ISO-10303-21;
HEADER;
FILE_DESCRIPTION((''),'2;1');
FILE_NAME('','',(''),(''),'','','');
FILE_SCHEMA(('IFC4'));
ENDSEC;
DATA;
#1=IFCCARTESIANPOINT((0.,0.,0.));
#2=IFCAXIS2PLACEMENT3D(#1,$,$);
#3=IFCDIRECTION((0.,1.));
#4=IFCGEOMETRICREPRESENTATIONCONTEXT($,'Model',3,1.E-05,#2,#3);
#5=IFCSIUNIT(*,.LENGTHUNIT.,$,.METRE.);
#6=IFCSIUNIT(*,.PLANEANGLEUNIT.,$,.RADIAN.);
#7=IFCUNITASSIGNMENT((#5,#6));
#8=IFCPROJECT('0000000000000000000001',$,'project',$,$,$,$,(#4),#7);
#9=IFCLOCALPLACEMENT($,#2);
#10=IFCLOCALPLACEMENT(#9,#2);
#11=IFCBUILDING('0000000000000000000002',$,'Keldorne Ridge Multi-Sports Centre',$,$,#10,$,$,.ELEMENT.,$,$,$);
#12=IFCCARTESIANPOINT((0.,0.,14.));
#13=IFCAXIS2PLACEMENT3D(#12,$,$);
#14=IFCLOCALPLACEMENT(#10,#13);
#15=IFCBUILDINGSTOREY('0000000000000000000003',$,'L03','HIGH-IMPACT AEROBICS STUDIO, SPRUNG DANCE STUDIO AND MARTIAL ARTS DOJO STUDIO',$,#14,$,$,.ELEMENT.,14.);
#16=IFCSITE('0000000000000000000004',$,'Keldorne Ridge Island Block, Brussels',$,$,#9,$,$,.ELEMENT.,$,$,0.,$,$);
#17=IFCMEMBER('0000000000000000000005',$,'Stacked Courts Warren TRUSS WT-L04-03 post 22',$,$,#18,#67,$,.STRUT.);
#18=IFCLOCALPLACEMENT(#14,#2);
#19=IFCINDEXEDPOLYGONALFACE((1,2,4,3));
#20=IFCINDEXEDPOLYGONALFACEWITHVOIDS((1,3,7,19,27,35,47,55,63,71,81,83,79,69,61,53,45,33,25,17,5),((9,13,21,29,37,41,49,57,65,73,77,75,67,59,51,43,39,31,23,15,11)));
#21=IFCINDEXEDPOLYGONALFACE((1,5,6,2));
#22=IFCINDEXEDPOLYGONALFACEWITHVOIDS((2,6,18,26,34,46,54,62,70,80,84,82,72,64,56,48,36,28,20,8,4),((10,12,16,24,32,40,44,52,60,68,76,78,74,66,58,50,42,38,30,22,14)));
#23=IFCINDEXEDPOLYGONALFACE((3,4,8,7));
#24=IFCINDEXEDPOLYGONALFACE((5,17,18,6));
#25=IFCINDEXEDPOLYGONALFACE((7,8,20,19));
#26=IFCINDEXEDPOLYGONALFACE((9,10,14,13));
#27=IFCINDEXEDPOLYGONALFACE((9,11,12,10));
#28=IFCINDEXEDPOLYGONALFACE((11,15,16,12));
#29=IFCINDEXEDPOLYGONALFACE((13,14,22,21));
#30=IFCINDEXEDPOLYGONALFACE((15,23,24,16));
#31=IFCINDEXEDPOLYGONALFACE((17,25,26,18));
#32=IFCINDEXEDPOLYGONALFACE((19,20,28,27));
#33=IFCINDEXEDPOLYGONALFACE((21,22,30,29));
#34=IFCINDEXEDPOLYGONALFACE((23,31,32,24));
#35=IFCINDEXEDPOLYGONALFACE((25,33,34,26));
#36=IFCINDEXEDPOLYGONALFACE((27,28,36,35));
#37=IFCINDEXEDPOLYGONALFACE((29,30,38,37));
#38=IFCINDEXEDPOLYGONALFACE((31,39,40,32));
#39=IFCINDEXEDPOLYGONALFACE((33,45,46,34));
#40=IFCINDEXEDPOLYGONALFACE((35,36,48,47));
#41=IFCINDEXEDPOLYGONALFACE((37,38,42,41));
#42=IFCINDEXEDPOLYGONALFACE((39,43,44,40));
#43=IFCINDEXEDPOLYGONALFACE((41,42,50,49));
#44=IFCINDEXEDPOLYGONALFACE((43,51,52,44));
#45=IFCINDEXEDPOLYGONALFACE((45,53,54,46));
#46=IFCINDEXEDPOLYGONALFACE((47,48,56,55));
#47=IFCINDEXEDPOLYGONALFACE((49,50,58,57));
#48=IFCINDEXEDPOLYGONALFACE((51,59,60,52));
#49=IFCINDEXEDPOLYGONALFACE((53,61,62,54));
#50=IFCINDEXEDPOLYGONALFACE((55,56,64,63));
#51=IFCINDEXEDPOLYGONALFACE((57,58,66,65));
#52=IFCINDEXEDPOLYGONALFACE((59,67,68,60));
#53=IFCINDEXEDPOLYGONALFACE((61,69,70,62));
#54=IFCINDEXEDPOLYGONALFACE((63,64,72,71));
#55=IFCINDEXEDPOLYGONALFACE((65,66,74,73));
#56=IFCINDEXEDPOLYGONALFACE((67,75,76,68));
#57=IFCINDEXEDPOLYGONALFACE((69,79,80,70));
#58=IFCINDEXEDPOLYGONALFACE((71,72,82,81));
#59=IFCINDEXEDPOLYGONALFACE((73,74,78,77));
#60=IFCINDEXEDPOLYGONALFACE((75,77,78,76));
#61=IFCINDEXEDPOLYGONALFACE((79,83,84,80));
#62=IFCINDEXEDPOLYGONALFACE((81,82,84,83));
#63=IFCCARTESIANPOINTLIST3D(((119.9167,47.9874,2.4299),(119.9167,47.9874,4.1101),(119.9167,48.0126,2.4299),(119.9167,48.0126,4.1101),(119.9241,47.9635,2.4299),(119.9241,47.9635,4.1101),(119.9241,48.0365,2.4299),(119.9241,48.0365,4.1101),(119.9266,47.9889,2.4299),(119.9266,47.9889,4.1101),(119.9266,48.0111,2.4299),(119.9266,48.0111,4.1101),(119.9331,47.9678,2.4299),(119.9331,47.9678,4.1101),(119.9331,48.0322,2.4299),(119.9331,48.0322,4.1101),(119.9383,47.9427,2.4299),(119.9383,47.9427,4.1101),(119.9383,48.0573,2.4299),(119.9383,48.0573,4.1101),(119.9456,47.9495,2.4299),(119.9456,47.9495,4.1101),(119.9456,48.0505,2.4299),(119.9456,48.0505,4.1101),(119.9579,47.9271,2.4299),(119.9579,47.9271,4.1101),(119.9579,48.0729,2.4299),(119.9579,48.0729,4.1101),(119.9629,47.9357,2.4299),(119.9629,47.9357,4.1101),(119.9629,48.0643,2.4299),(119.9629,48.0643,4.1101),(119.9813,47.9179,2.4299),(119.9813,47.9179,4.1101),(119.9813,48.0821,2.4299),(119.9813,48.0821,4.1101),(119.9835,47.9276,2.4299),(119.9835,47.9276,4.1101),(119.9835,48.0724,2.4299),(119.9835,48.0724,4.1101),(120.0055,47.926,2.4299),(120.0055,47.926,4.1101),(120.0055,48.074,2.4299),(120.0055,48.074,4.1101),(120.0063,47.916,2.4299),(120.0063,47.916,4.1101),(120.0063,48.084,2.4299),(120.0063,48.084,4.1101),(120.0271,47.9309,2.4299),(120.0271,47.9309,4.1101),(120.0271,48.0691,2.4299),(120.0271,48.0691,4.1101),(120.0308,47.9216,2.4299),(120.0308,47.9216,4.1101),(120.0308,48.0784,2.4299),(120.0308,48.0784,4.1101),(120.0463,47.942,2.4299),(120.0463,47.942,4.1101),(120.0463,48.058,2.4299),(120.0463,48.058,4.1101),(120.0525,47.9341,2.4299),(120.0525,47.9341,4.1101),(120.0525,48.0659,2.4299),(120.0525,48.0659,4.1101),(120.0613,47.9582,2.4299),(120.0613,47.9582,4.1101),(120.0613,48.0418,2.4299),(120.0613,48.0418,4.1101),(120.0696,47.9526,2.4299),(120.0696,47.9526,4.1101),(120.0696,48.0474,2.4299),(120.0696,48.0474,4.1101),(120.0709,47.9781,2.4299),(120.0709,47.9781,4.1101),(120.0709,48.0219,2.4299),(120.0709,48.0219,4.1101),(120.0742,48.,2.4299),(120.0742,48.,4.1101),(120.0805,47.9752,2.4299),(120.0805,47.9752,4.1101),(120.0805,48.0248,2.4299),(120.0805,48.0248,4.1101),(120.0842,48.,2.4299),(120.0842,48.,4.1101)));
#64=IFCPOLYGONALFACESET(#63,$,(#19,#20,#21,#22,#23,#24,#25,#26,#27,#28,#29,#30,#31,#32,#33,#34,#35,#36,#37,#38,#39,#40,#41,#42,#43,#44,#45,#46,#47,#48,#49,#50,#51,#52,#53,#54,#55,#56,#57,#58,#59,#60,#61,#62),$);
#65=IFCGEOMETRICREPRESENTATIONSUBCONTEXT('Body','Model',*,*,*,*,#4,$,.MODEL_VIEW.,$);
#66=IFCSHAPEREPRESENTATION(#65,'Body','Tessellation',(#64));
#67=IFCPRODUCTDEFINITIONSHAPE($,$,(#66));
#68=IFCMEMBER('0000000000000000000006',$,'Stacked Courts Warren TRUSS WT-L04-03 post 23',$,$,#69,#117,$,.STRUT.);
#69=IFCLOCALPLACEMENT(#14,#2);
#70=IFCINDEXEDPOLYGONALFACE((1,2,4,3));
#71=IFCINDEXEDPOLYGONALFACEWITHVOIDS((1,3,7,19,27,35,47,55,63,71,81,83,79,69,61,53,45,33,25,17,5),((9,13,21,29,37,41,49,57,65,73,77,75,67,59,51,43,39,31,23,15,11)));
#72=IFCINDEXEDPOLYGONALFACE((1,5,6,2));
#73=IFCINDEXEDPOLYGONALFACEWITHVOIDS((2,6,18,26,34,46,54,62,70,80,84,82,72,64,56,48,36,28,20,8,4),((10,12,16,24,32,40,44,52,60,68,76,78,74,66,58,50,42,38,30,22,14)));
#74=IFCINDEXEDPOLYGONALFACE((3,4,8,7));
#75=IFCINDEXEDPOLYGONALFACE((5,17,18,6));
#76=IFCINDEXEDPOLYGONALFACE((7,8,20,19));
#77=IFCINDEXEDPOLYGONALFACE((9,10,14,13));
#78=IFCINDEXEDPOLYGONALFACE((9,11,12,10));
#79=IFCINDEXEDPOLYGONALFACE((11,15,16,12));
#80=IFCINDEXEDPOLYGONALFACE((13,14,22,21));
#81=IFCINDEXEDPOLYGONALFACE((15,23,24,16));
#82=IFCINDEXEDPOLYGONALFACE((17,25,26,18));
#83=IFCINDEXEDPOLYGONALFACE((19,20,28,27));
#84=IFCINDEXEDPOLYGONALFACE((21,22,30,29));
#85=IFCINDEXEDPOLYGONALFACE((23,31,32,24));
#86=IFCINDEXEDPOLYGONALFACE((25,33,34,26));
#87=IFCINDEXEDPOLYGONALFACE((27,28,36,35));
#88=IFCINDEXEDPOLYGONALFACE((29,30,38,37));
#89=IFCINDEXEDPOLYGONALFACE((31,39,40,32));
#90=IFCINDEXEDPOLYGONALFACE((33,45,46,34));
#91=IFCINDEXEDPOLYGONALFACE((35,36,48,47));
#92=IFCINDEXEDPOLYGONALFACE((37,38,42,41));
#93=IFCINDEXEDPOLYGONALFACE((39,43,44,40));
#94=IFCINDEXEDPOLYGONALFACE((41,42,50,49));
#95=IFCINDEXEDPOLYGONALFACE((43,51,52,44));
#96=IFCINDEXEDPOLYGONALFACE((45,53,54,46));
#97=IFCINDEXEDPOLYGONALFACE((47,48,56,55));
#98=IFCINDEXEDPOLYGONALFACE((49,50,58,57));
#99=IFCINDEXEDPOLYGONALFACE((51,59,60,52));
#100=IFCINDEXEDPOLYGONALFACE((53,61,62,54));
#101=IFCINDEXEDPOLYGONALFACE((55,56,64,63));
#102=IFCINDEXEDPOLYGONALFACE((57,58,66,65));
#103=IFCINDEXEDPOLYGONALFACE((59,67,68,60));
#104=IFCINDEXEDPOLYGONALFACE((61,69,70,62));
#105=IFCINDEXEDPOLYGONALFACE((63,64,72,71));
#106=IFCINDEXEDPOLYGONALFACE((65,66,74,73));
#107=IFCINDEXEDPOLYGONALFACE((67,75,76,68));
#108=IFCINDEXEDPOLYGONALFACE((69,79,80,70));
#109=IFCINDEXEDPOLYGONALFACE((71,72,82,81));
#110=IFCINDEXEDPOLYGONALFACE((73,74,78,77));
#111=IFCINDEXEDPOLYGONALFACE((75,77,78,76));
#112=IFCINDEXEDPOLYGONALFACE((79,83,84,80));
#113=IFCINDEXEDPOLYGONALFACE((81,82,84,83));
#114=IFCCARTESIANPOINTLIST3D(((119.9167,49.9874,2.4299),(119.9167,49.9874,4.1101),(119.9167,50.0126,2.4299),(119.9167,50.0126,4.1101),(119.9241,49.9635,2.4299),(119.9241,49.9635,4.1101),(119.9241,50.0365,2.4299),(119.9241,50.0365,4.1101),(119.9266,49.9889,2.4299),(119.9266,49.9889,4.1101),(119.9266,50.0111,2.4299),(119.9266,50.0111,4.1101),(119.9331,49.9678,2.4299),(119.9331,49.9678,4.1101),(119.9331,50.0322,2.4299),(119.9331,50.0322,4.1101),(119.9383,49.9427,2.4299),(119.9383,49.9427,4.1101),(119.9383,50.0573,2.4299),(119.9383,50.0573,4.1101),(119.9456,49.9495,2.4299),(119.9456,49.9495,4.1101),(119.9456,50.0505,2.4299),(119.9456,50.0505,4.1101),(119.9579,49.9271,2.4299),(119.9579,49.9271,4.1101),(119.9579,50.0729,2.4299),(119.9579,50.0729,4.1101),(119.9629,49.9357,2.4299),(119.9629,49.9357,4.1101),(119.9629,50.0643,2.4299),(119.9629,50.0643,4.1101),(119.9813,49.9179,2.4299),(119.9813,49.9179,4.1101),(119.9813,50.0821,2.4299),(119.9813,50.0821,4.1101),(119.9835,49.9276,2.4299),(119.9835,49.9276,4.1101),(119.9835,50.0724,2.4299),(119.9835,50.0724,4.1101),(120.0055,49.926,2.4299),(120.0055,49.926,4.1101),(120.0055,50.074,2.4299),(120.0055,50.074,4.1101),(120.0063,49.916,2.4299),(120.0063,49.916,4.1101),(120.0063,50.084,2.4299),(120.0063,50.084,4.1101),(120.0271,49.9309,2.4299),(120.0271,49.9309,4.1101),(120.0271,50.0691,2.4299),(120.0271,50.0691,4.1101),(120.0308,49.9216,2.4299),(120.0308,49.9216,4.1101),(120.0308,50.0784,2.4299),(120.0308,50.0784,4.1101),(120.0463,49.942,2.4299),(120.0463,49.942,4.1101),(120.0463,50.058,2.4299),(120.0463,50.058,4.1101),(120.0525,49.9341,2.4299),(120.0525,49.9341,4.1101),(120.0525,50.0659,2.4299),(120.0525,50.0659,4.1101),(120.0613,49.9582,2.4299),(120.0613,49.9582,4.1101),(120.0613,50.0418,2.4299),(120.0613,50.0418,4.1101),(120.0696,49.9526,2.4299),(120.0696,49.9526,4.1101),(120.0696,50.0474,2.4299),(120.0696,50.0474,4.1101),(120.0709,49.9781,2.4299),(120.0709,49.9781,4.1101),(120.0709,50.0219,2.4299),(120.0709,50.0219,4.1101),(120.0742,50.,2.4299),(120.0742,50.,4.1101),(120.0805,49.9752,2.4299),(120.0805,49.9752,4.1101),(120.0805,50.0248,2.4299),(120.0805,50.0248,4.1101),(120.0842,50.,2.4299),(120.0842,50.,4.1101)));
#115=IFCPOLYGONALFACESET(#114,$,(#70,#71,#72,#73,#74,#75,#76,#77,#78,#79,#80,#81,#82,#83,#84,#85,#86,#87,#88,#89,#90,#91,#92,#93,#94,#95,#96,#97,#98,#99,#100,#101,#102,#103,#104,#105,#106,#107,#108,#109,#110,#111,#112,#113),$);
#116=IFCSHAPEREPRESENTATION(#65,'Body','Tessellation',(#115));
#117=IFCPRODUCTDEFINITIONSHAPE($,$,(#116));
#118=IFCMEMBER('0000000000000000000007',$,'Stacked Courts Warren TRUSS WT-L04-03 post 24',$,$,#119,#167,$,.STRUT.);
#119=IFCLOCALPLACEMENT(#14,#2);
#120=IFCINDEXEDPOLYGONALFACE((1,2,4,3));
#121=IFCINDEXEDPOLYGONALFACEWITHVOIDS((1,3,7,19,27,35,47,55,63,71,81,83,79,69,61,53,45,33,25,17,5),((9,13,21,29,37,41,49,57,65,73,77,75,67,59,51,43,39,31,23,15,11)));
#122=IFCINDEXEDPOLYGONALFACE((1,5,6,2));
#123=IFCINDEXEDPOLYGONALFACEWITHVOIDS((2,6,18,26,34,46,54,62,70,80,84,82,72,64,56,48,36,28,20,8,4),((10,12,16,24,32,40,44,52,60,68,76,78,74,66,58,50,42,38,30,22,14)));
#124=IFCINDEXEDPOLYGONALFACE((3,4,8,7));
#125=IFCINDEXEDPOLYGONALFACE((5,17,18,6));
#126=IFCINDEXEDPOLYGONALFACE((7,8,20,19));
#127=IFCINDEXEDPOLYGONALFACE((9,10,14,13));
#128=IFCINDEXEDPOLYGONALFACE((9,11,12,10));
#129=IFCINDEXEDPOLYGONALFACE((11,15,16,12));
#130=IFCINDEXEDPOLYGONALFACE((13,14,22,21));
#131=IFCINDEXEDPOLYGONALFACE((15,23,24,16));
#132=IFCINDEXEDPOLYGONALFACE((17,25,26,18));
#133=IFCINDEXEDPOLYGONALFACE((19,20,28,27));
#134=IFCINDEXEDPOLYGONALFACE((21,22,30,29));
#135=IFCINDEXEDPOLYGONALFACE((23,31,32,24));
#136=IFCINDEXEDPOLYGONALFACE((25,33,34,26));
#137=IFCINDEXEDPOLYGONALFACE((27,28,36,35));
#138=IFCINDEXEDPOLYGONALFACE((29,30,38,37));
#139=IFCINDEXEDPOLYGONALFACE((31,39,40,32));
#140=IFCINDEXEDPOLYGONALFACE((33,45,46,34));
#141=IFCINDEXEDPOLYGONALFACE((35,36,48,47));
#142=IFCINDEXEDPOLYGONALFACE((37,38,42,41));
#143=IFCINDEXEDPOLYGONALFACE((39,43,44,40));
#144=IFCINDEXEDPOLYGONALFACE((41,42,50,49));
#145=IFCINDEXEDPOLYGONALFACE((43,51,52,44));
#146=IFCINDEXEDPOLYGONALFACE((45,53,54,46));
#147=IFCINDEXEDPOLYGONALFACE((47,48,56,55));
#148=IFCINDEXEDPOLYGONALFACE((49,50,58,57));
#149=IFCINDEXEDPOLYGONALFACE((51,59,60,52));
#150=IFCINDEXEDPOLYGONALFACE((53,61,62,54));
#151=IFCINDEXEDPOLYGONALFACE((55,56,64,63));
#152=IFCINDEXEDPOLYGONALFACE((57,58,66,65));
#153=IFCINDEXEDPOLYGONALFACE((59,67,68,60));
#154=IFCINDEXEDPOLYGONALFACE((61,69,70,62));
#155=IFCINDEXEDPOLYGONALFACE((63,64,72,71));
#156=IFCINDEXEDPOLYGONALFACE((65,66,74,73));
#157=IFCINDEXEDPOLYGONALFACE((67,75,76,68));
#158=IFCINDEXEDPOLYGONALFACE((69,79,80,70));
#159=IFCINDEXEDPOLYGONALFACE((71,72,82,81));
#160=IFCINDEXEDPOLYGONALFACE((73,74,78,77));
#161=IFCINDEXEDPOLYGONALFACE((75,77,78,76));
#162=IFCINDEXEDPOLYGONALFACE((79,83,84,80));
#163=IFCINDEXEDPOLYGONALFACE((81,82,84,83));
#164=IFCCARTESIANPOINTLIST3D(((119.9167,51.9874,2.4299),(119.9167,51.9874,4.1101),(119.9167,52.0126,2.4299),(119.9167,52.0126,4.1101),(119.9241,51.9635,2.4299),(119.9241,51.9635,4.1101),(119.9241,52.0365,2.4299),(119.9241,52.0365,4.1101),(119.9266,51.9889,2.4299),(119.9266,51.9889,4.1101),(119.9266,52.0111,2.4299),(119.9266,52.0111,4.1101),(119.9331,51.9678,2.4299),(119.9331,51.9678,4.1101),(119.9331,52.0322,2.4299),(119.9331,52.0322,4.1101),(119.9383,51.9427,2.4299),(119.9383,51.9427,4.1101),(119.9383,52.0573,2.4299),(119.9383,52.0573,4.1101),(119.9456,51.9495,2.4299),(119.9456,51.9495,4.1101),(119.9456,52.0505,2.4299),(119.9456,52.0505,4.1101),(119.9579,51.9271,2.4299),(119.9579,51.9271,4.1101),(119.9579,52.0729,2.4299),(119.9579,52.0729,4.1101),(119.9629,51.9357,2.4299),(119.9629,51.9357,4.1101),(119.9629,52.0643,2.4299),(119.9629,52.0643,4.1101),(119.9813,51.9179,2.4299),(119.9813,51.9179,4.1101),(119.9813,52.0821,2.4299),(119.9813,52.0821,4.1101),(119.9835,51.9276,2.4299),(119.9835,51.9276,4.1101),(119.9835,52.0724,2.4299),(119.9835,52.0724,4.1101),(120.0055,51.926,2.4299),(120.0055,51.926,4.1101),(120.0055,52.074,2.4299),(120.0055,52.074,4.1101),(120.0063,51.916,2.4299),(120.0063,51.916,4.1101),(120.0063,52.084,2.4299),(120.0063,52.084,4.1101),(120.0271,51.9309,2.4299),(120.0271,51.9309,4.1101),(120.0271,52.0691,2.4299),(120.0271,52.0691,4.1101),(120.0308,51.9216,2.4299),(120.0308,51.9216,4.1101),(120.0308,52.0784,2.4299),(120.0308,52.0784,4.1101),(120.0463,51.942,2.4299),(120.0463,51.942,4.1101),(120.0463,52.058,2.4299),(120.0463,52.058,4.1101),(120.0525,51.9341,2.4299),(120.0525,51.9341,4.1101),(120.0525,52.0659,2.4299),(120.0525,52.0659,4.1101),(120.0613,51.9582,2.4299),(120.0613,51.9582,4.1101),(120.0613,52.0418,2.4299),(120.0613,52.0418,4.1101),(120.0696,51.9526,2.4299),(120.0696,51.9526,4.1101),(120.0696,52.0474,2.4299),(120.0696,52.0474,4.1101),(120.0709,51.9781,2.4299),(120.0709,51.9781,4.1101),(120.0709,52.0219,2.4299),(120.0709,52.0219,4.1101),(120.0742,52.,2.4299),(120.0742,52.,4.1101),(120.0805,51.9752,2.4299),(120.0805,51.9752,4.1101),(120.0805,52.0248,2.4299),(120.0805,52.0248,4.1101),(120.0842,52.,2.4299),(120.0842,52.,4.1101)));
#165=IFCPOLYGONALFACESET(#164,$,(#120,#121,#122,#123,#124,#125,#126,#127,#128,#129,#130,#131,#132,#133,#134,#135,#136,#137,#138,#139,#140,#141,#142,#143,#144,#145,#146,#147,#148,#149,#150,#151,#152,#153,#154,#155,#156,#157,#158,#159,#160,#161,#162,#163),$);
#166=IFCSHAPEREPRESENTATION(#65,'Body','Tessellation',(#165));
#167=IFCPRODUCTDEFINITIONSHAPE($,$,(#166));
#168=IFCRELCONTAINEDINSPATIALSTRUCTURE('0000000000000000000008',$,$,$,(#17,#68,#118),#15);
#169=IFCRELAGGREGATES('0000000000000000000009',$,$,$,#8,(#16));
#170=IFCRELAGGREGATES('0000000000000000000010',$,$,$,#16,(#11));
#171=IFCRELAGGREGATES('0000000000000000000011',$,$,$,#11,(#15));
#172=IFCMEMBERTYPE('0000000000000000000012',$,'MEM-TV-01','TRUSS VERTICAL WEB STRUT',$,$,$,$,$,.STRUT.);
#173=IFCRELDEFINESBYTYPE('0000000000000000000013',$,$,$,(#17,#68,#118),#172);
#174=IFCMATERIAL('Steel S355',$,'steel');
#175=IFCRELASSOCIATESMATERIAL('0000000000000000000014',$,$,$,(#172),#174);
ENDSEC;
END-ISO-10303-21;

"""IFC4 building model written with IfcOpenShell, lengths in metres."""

from ifc_helpers import new_model, si_unit, direction, frame, origin, origin_2d, place, context, subcontext, project, spatial, hollow_circle, extrude, material, material_profile, profile_set, type_object, element, save


model = new_model("IFC4")

# Units and contexts
model_context = context("Model", 3, precision=1e-05, world=origin(), true_north=direction((0.0, 1.0)))
body_context = subcontext(model_context, "Body", "Model", "MODEL_VIEW")
ifc_project = project(units=[si_unit("LENGTHUNIT", "METRE"), si_unit("PLANEANGLEUNIT", "RADIAN")], contexts=[model_context])

# Site, building, storey
site_placement = place(None, origin())
site = spatial("IfcSite", under=ifc_project, at=site_placement, Name="Keldorne Ridge Island Block, Brussels", CompositionType="ELEMENT", RefElevation=0.0)
building_placement = place(site_placement, origin())
building = spatial("IfcBuilding", under=site, at=building_placement, Name="Keldorne Ridge Multi-Sports Centre", CompositionType="ELEMENT")
storey_placement = place(building_placement, frame((0.0, 0.0, 14.0)))
storey = spatial("IfcBuildingStorey", under=building, at=storey_placement, Name="L03", Description="HIGH-IMPACT AEROBICS STUDIO, SPRUNG DANCE STUDIO AND MARTIAL ARTS DOJO STUDIO", CompositionType="ELEMENT", Elevation=14.0)

# Shared definitions
ifc_material_1 = material(Name="Steel S355", Category="steel")

# Members
ifc_material_profile_1 = material_profile(ifc_material_1, hollow_circle(Radius=0.0842, WallThickness=0.01, at=origin_2d()), Name="CHS 168.3x10")
ifc_profile_set_1 = profile_set([ifc_material_profile_1], Name="Steel S355")
member_type_1 = type_object("IfcMemberType", Name="MEM-TV-01", Description="TRUSS VERTICAL WEB STRUT", PredefinedType="STRUT", material=ifc_profile_set_1)
for number, where, z_axis, x_axis, name in (
    (1, (120.0, 48.0, 2.4299), (0.0, 0.0, 1.0), (1.0, 0.0, 0.0), "Stacked Courts Warren TRUSS WT-L04-03 post 22"),
    (2, (120.0, 50.0, 2.4299), (0.0, 0.0, 1.0), (1.0, 0.0, 0.0), "Stacked Courts Warren TRUSS WT-L04-03 post 23"),
    (3, (120.0, 52.0, 2.4299), (0.0, 0.0, 1.0), (1.0, 0.0, 0.0), "Stacked Courts Warren TRUSS WT-L04-03 post 24"),
):
    element("IfcMember", number, at=place(storey_placement, frame(where, z_axis=z_axis, x_axis=x_axis)), inside=storey, type_object=member_type_1, Name=name, PredefinedType="STRUT", context=body_context, shape_type="SweptSolid", body=[
        extrude(hollow_circle(Radius=0.0842, WallThickness=0.01, at=origin_2d()), origin(), (0.0, 0.0, 1.0), 1.6802),
    ])

save(model, "model.ifc")
